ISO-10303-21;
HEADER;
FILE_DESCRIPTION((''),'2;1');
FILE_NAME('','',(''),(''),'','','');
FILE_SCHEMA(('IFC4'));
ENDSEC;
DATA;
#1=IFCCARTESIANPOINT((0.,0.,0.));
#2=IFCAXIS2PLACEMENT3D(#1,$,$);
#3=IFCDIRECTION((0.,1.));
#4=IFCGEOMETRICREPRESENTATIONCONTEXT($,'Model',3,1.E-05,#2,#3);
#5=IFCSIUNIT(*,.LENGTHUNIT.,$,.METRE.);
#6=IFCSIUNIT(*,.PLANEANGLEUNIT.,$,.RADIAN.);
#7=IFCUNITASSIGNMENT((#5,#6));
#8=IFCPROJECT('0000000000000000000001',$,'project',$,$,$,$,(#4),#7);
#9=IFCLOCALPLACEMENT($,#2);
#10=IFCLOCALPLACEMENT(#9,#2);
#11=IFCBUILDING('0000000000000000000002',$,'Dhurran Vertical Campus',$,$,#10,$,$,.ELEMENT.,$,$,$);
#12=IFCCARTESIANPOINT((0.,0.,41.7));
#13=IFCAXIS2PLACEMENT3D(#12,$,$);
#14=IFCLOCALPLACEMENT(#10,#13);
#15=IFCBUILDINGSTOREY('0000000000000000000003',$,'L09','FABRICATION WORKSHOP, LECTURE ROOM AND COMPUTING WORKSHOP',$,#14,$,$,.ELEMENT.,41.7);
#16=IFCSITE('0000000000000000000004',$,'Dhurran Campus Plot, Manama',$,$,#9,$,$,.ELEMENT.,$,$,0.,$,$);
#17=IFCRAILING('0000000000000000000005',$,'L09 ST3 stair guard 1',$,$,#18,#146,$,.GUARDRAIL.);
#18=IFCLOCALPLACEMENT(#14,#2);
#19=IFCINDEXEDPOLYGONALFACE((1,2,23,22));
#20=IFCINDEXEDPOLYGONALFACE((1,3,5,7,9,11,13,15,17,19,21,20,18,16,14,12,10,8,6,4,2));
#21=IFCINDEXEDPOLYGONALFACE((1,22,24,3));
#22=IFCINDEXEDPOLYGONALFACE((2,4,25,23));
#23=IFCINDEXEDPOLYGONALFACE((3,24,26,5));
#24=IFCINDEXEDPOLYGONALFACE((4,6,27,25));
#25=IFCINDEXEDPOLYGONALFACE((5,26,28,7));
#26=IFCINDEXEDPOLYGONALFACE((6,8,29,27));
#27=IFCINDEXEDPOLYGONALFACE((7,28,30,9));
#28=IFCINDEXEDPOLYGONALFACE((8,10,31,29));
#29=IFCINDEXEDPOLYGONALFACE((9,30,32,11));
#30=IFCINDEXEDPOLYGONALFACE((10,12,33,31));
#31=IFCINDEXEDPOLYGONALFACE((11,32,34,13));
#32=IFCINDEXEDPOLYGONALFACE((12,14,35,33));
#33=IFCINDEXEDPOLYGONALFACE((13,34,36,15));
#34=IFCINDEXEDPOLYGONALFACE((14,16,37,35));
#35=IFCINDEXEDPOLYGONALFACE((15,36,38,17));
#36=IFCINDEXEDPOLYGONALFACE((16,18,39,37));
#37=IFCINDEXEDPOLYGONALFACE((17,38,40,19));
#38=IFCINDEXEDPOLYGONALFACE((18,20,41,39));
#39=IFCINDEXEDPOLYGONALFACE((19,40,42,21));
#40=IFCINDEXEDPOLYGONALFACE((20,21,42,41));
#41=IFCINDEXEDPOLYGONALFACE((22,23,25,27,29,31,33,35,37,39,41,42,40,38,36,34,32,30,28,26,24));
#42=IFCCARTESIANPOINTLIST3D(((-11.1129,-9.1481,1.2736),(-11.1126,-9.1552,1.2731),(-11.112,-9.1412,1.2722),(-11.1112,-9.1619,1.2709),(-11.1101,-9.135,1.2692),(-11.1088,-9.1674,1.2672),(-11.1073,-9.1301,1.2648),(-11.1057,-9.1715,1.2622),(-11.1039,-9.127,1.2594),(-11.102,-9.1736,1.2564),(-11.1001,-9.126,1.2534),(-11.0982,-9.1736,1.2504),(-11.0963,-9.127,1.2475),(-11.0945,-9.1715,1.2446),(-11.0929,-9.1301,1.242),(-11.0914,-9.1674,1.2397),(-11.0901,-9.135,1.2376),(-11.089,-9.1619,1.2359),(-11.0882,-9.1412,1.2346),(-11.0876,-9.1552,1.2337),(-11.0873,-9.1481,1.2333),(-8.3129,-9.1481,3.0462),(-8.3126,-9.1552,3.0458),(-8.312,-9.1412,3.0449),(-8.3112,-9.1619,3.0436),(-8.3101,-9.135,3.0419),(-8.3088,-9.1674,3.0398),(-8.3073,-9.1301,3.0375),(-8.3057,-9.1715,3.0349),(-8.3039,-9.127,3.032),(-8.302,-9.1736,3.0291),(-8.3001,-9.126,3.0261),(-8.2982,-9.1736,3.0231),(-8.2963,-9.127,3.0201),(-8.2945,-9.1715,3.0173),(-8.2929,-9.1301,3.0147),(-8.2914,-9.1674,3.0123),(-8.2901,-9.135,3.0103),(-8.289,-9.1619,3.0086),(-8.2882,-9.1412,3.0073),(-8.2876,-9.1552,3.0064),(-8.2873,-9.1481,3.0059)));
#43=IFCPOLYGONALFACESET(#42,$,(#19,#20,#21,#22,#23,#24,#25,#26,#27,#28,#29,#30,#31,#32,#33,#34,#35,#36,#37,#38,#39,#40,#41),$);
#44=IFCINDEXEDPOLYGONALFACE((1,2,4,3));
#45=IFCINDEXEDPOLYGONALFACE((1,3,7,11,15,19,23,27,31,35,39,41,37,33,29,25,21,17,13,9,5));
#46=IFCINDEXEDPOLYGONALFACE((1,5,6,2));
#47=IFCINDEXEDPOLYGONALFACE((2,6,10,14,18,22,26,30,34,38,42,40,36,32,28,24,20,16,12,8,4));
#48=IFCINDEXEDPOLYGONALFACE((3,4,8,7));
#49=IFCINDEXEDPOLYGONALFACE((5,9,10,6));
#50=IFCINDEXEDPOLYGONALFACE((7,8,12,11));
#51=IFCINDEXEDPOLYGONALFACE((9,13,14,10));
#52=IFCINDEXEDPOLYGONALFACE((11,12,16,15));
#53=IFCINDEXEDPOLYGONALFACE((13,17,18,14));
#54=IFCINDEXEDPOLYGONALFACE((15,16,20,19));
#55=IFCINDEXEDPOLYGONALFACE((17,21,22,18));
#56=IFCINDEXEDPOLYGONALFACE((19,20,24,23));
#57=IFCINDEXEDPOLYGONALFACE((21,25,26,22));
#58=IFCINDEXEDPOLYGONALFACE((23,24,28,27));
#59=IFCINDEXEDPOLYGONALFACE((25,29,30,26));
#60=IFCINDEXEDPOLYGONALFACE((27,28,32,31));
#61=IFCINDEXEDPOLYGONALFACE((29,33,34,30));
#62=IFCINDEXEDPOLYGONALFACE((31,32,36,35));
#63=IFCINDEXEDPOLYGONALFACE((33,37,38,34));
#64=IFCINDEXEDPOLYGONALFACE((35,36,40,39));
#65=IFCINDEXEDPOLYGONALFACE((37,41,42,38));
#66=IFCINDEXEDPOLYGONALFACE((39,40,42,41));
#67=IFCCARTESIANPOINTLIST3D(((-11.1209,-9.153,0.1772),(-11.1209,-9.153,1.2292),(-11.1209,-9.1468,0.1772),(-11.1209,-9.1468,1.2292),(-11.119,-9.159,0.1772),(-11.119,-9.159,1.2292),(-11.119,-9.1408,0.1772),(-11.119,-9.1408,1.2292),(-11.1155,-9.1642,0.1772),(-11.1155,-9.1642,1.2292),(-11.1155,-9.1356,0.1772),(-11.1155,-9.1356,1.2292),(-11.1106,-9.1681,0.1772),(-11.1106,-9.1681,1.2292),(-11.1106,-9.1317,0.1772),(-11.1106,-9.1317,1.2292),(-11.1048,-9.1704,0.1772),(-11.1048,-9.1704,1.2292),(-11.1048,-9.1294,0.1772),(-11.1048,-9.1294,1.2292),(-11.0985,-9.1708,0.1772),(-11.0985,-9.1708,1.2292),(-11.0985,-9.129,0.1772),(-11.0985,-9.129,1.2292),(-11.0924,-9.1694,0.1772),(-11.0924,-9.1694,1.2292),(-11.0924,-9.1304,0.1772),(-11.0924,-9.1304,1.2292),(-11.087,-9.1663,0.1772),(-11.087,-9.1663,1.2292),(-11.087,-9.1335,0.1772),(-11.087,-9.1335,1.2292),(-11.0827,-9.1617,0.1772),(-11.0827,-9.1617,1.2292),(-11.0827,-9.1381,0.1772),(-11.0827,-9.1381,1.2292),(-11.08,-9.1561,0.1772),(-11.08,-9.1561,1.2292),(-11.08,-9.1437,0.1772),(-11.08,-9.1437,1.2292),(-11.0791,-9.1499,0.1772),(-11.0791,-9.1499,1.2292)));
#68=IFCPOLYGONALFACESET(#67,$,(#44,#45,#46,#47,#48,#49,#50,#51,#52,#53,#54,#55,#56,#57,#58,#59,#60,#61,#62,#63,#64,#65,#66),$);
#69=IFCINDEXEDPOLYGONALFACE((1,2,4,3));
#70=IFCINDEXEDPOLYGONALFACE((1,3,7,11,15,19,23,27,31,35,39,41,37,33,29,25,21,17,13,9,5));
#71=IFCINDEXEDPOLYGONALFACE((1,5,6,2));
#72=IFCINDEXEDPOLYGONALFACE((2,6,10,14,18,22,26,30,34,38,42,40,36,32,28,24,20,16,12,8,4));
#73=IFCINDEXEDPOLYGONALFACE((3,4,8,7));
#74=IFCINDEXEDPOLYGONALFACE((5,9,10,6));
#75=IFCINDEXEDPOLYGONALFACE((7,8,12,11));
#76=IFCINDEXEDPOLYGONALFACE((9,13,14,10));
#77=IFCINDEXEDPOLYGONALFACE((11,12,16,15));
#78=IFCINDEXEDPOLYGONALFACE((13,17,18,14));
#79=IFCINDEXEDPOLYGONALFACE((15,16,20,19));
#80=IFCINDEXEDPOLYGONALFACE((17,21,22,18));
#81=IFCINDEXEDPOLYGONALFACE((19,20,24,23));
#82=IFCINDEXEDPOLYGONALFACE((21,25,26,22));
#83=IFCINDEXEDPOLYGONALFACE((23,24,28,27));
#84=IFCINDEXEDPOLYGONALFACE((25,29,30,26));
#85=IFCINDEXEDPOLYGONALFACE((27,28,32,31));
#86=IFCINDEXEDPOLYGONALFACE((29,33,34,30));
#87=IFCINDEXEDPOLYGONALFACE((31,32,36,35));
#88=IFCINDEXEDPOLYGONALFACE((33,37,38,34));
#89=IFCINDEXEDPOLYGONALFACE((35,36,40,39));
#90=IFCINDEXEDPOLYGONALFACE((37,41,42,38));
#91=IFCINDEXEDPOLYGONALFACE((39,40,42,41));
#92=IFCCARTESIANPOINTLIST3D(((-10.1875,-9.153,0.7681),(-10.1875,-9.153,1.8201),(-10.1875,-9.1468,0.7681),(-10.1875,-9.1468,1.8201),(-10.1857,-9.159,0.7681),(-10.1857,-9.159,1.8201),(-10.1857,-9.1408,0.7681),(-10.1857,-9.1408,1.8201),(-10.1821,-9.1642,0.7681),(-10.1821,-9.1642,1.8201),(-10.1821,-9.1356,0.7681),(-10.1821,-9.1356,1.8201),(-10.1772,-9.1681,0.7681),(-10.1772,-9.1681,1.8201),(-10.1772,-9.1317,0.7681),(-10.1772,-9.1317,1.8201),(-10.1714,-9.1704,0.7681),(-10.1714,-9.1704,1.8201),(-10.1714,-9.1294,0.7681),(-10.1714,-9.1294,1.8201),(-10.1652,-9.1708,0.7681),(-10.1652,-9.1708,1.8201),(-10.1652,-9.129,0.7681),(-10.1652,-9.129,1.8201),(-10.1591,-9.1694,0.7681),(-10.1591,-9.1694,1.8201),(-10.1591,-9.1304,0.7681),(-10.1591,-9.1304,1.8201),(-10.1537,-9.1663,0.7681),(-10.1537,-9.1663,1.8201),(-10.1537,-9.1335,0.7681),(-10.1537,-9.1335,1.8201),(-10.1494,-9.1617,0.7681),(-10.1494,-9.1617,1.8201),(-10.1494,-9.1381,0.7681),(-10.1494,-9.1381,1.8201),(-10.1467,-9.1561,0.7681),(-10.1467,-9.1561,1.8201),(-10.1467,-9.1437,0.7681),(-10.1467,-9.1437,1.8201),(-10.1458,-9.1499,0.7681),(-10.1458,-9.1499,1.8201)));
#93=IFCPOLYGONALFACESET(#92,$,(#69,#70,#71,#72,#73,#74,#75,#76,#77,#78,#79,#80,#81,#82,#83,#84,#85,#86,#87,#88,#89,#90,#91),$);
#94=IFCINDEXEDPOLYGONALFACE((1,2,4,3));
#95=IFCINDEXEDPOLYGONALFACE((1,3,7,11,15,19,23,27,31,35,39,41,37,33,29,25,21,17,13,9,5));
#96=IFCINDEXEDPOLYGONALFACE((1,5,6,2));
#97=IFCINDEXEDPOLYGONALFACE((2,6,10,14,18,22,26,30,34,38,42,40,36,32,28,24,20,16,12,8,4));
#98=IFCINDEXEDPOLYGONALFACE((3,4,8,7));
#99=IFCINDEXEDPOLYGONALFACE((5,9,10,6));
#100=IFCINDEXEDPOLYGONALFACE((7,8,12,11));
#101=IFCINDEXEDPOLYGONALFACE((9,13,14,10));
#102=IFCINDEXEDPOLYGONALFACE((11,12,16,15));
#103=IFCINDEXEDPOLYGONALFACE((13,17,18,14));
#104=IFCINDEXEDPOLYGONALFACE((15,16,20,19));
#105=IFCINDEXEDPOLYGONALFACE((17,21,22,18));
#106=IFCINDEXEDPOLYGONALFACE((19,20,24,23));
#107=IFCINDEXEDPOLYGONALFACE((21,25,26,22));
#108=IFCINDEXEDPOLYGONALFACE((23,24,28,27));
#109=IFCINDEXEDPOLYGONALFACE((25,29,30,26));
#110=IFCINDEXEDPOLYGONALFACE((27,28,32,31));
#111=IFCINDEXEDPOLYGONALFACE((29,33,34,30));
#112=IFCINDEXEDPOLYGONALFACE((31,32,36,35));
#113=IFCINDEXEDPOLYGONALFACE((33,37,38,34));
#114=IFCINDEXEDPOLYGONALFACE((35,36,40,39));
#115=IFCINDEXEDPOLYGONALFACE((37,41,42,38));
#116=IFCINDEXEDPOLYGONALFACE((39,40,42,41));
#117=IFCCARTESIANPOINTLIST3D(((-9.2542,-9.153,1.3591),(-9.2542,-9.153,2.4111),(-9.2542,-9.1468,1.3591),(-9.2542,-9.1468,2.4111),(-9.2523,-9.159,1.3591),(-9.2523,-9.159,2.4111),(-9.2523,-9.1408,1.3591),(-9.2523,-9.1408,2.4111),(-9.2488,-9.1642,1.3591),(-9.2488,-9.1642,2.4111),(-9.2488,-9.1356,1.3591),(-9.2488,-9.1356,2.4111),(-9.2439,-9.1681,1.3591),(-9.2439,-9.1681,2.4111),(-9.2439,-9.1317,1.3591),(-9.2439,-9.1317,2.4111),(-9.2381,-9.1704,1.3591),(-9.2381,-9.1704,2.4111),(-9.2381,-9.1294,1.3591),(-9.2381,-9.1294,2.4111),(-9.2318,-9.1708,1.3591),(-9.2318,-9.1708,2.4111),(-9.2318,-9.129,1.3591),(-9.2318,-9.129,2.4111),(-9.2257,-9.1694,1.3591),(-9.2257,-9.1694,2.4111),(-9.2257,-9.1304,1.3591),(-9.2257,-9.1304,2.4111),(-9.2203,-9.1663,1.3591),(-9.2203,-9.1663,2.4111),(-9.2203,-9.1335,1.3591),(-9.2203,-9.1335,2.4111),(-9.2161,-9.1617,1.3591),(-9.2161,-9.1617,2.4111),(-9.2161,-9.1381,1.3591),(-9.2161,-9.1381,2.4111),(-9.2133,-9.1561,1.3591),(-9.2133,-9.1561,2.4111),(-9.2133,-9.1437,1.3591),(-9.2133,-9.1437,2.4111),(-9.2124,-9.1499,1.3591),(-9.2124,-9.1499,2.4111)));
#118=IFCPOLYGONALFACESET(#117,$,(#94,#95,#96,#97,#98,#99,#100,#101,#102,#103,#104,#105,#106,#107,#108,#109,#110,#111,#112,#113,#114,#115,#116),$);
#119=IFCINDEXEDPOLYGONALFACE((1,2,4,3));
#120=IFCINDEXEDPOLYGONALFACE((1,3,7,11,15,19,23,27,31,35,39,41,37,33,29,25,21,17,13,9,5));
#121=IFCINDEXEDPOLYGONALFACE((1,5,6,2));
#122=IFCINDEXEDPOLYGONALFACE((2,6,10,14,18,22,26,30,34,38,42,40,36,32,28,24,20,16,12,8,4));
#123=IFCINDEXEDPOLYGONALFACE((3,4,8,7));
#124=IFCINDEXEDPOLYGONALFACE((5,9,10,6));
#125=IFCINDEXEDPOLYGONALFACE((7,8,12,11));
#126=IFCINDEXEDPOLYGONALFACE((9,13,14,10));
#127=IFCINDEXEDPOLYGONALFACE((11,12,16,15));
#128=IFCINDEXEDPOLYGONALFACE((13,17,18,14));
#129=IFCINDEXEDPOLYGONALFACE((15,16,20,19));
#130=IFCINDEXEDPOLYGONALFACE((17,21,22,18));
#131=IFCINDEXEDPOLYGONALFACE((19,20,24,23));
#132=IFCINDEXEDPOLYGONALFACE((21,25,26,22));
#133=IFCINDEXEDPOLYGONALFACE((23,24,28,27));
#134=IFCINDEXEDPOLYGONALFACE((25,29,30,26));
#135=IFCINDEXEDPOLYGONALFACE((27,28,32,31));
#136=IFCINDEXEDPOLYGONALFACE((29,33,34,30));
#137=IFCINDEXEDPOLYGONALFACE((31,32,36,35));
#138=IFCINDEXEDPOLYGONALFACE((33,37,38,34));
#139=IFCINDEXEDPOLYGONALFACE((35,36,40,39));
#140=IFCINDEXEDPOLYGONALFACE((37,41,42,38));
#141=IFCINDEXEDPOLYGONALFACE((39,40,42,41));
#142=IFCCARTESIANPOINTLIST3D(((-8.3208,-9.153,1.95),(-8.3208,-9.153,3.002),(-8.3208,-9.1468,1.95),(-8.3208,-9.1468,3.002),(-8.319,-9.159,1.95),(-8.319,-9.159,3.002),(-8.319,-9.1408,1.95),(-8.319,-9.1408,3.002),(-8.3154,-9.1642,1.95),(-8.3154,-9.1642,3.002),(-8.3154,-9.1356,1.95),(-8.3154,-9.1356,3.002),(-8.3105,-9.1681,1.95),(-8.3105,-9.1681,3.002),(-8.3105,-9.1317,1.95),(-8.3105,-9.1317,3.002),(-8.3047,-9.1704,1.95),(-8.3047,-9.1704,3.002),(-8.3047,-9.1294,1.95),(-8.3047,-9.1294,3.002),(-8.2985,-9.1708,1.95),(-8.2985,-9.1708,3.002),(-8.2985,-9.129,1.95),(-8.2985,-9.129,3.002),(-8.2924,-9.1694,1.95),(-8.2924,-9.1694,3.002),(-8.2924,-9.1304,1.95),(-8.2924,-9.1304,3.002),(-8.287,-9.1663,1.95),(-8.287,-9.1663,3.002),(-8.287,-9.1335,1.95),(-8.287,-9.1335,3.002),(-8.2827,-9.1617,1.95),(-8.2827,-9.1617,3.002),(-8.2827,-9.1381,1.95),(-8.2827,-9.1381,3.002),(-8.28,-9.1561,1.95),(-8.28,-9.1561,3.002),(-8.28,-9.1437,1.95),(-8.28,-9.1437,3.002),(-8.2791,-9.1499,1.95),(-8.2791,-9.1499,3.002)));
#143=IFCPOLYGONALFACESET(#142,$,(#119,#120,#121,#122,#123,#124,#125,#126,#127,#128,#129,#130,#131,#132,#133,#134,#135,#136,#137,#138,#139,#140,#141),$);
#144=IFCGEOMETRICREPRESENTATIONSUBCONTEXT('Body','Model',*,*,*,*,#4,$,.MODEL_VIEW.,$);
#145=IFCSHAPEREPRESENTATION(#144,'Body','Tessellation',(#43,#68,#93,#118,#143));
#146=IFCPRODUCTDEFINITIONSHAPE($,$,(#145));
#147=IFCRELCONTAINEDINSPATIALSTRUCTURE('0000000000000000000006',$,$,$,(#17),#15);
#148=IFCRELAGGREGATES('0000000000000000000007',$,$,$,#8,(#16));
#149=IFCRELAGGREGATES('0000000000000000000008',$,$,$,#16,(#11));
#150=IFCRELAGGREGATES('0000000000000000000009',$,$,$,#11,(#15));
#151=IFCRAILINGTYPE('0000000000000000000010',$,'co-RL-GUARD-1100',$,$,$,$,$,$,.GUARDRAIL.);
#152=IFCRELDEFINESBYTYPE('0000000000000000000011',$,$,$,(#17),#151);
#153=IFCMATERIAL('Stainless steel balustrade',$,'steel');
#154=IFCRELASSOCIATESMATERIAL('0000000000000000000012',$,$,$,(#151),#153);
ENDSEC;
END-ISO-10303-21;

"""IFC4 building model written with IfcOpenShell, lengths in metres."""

from ifc_helpers import new_model, si_unit, direction, frame, origin, origin_2d, place, context, subcontext, project, spatial, circle, extrude, material, type_object, element, save


model = new_model("IFC4")

# Units and contexts
model_context = context("Model", 3, precision=1e-05, world=origin(), true_north=direction((0.0, 1.0)))
body_context = subcontext(model_context, "Body", "Model", "MODEL_VIEW")
ifc_project = project(units=[si_unit("LENGTHUNIT", "METRE"), si_unit("PLANEANGLEUNIT", "RADIAN")], contexts=[model_context])

# Site, building, storey
site_placement = place(None, origin())
site = spatial("IfcSite", under=ifc_project, at=site_placement, Name="Dhurran Campus Plot, Manama", CompositionType="ELEMENT", RefElevation=0.0)
building_placement = place(site_placement, origin())
building = spatial("IfcBuilding", under=site, at=building_placement, Name="Dhurran Vertical Campus", CompositionType="ELEMENT")
storey_placement = place(building_placement, frame((0.0, 0.0, 41.7)))
storey = spatial("IfcBuildingStorey", under=building, at=storey_placement, Name="L09", Description="FABRICATION WORKSHOP, LECTURE ROOM AND COMPUTING WORKSHOP", CompositionType="ELEMENT", Elevation=41.7)

# Railing
ifc_material_1 = material(Name="Stainless steel balustrade", Category="steel")
railing_type_1 = type_object("IfcRailingType", Name="co-RL-GUARD-1100", PredefinedType="GUARDRAIL", material=ifc_material_1)
railing_1_placement = place(storey_placement, frame((-11.1001, -9.1499, 0.1772)))
element("IfcRailing", 1, at=railing_1_placement, inside=storey, type_object=railing_type_1, Name="L09 ST3 stair guard 1", PredefinedType="GUARDRAIL", context=body_context, shape_type="SweptSolid", body=[
    extrude(circle(Radius=0.0239, at=origin_2d()), frame((0.0, 0.0, 1.0762), z_axis=(0.844909, 0.0, 0.53491), x_axis=(0.0, 1.0, 0.0)), (0.0, 0.0, 1.0), 3.314),
    extrude(circle(Radius=0.021, at=origin_2d()), origin(), (0.0, 0.0, 1.0), 1.052),
    extrude(circle(Radius=0.021, at=origin_2d()), frame((0.9333, 0.0, 0.5908)), (0.0, 0.0, 1.0), 1.052),
    extrude(circle(Radius=0.021, at=origin_2d()), frame((1.8667, 0.0, 1.1819)), (0.0, 0.0, 1.0), 1.052),
    extrude(circle(Radius=0.021, at=origin_2d()), frame((2.8, 0.0, 1.7727)), (0.0, 0.0, 1.0), 1.052),
])

save(model, "model.ifc")
